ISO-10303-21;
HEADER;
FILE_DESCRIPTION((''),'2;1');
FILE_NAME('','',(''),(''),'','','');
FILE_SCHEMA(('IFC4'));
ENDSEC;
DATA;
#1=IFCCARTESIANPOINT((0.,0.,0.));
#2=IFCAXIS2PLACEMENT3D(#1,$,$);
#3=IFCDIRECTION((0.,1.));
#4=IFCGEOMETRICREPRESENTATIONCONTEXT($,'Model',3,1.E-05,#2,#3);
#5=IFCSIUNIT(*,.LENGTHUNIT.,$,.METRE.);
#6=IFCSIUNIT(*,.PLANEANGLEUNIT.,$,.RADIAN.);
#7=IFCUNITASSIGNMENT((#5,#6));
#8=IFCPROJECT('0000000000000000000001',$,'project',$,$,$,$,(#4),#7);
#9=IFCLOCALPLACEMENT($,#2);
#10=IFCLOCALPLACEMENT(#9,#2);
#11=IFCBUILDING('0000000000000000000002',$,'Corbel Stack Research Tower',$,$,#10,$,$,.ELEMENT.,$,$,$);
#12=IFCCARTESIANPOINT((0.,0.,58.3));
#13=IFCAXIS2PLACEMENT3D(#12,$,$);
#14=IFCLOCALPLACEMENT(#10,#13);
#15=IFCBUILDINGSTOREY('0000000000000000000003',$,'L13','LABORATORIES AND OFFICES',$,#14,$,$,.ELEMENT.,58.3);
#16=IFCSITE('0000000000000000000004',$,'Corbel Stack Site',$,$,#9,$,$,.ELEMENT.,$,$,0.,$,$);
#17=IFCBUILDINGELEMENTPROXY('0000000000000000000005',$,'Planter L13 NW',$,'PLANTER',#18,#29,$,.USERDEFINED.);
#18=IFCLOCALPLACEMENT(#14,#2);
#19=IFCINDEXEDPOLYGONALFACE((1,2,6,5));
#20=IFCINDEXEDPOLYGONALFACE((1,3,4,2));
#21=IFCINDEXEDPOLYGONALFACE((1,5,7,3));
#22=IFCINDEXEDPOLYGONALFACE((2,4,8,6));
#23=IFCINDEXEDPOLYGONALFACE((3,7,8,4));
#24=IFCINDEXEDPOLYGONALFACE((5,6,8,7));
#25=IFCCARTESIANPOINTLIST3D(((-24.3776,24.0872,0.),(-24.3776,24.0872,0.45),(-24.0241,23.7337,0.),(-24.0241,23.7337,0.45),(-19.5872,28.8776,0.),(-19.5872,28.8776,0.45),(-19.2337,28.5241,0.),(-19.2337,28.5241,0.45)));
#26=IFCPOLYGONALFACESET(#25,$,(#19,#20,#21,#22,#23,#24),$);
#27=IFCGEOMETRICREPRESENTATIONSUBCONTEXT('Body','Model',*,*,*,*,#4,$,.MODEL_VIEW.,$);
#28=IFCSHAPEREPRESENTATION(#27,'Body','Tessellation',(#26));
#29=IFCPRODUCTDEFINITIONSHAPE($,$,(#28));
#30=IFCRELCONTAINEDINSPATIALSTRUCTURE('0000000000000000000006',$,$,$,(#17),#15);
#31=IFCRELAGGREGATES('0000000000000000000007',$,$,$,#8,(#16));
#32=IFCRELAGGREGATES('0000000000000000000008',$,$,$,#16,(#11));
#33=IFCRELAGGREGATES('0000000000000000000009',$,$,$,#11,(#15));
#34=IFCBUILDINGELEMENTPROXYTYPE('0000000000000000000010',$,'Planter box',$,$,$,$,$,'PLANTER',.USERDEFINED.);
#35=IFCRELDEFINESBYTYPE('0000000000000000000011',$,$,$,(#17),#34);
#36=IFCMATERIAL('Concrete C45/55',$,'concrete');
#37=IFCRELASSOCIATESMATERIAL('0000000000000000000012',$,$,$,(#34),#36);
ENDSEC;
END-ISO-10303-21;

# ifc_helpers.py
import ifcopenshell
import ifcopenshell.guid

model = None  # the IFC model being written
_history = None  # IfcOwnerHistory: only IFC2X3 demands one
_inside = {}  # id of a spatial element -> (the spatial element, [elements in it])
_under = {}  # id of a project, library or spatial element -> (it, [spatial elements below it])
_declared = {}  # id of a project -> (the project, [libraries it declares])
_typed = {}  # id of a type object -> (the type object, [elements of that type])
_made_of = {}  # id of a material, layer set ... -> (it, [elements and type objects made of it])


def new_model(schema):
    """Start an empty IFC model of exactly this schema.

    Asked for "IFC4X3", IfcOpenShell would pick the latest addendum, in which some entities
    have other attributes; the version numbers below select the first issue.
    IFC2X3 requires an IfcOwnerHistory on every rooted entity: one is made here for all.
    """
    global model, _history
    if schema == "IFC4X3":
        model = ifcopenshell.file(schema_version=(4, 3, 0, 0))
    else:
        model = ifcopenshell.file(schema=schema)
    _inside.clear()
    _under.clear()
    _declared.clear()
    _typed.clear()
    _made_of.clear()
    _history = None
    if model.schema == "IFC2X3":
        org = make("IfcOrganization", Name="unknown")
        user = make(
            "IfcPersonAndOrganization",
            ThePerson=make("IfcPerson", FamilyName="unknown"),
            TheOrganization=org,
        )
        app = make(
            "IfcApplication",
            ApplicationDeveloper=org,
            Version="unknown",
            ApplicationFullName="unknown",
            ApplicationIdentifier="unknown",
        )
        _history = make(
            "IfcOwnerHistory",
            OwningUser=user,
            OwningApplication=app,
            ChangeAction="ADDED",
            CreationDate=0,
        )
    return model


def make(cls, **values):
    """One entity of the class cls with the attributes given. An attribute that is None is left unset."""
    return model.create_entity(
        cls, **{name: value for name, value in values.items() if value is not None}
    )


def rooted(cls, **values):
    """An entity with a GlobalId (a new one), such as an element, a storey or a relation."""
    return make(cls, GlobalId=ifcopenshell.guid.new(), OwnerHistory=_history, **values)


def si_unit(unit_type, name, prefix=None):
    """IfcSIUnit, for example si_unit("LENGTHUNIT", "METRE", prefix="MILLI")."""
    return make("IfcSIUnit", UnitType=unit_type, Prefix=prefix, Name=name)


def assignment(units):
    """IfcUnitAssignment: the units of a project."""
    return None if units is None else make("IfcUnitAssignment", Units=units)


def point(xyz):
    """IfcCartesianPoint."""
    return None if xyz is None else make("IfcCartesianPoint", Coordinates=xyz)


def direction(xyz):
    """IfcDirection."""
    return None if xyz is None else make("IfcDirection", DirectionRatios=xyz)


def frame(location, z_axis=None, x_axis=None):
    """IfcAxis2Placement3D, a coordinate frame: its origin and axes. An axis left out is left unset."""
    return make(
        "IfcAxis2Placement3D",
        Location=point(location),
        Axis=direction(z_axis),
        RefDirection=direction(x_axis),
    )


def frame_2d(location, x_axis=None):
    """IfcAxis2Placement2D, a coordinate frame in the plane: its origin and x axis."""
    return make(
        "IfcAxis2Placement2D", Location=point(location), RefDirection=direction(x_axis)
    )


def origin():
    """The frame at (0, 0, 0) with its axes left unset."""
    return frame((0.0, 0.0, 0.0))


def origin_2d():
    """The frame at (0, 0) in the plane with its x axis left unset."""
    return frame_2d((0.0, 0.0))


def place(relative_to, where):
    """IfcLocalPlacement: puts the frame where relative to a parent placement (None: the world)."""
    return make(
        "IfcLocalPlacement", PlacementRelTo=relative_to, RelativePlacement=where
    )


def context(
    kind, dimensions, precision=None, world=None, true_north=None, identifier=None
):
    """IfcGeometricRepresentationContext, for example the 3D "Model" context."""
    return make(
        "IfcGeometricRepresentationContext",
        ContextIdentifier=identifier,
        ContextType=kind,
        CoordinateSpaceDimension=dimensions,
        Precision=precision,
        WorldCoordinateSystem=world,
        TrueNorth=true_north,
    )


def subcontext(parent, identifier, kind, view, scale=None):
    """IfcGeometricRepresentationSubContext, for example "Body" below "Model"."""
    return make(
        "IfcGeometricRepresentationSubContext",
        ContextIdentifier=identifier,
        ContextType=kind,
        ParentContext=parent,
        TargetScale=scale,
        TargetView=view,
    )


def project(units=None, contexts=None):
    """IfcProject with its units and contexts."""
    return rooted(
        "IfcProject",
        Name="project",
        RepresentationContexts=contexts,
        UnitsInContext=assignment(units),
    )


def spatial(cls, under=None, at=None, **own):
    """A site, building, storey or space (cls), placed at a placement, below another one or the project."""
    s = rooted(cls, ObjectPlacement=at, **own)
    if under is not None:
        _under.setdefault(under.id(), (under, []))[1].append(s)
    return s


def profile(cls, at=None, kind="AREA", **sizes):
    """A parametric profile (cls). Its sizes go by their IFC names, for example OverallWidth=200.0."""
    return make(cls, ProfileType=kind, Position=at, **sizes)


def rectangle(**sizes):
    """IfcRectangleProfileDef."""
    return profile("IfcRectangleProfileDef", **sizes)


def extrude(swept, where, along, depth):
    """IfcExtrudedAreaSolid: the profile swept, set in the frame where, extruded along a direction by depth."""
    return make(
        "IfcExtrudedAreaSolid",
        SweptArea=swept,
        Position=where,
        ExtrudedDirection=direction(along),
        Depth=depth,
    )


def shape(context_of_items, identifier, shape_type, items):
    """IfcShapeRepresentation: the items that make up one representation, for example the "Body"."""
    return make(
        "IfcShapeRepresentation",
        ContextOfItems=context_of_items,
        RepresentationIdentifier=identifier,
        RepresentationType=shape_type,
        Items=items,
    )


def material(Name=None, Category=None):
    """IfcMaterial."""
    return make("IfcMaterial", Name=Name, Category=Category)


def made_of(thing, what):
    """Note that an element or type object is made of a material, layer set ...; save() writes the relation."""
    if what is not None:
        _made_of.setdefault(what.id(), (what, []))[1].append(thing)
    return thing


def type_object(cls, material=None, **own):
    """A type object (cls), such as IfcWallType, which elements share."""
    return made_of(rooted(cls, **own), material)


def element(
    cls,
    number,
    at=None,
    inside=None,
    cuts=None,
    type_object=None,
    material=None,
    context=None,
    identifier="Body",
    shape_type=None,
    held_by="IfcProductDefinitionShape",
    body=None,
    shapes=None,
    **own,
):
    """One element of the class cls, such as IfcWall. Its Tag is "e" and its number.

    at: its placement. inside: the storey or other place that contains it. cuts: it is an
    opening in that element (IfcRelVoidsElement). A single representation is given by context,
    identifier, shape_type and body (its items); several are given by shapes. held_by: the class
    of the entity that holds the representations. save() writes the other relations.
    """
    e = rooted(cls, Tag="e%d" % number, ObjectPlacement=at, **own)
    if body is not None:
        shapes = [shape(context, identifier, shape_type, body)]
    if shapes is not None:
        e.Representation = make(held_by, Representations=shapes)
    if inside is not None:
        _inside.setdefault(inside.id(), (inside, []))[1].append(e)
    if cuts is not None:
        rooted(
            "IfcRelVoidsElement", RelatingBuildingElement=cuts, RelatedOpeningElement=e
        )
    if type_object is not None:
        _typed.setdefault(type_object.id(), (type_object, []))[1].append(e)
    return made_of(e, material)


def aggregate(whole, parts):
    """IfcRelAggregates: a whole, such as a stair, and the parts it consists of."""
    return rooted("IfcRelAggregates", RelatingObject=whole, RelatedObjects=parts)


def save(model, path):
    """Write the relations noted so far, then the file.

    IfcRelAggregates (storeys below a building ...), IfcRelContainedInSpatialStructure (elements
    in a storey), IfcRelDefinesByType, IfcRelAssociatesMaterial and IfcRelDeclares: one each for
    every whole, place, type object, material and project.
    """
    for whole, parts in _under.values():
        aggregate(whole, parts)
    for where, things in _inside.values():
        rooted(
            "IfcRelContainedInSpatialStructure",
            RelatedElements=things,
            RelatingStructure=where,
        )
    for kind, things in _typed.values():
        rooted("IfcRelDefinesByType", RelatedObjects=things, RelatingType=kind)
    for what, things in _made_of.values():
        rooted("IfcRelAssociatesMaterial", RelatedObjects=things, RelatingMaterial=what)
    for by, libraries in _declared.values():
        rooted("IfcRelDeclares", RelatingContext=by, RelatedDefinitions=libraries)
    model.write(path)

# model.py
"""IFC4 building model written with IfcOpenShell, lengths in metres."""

from ifc_helpers import new_model, si_unit, direction, frame, origin, origin_2d, place, context, subcontext, project, spatial, rectangle, extrude, material, type_object, element, save


model = new_model("IFC4")

# Units and contexts
model_context = context("Model", 3, precision=1e-05, world=origin(), true_north=direction((0.0, 1.0)))
body_context = subcontext(model_context, "Body", "Model", "MODEL_VIEW")
ifc_project = project(units=[si_unit("LENGTHUNIT", "METRE"), si_unit("PLANEANGLEUNIT", "RADIAN")], contexts=[model_context])

# Site, building, storey
site_placement = place(None, origin())
site = spatial("IfcSite", under=ifc_project, at=site_placement, Name="Corbel Stack Site", CompositionType="ELEMENT", RefElevation=0.0)
building_placement = place(site_placement, origin())
building = spatial("IfcBuilding", under=site, at=building_placement, Name="Corbel Stack Research Tower", CompositionType="ELEMENT")
storey_placement = place(building_placement, frame((0.0, 0.0, 58.3)))
storey = spatial("IfcBuildingStorey", under=building, at=storey_placement, Name="L13", Description="LABORATORIES AND OFFICES", CompositionType="ELEMENT", Elevation=58.3)

# Building element proxy
ifc_material_1 = material(Name="Concrete C45/55", Category="concrete")
building_element_proxy_type = type_object("IfcBuildingElementProxyType", Name="Planter box", ElementType="PLANTER", PredefinedType="USERDEFINED", material=ifc_material_1)
proxy_placement = place(storey_placement, frame((-21.8057, 26.3057, 0.0), z_axis=(0.0, 0.0, 1.0), x_axis=(-0.707107, -0.707107, 0.0)))
element("IfcBuildingElementProxy", 1, at=proxy_placement, inside=storey, type_object=building_element_proxy_type, Name="Planter L13 NW", ObjectType="PLANTER", PredefinedType="USERDEFINED", context=body_context, shape_type="SweptSolid", body=[
    extrude(rectangle(XDim=6.7747, YDim=0.5, at=origin_2d()), origin(), (0.0, 0.0, 1.0), 0.45),
])

save(model, "model.ifc")
